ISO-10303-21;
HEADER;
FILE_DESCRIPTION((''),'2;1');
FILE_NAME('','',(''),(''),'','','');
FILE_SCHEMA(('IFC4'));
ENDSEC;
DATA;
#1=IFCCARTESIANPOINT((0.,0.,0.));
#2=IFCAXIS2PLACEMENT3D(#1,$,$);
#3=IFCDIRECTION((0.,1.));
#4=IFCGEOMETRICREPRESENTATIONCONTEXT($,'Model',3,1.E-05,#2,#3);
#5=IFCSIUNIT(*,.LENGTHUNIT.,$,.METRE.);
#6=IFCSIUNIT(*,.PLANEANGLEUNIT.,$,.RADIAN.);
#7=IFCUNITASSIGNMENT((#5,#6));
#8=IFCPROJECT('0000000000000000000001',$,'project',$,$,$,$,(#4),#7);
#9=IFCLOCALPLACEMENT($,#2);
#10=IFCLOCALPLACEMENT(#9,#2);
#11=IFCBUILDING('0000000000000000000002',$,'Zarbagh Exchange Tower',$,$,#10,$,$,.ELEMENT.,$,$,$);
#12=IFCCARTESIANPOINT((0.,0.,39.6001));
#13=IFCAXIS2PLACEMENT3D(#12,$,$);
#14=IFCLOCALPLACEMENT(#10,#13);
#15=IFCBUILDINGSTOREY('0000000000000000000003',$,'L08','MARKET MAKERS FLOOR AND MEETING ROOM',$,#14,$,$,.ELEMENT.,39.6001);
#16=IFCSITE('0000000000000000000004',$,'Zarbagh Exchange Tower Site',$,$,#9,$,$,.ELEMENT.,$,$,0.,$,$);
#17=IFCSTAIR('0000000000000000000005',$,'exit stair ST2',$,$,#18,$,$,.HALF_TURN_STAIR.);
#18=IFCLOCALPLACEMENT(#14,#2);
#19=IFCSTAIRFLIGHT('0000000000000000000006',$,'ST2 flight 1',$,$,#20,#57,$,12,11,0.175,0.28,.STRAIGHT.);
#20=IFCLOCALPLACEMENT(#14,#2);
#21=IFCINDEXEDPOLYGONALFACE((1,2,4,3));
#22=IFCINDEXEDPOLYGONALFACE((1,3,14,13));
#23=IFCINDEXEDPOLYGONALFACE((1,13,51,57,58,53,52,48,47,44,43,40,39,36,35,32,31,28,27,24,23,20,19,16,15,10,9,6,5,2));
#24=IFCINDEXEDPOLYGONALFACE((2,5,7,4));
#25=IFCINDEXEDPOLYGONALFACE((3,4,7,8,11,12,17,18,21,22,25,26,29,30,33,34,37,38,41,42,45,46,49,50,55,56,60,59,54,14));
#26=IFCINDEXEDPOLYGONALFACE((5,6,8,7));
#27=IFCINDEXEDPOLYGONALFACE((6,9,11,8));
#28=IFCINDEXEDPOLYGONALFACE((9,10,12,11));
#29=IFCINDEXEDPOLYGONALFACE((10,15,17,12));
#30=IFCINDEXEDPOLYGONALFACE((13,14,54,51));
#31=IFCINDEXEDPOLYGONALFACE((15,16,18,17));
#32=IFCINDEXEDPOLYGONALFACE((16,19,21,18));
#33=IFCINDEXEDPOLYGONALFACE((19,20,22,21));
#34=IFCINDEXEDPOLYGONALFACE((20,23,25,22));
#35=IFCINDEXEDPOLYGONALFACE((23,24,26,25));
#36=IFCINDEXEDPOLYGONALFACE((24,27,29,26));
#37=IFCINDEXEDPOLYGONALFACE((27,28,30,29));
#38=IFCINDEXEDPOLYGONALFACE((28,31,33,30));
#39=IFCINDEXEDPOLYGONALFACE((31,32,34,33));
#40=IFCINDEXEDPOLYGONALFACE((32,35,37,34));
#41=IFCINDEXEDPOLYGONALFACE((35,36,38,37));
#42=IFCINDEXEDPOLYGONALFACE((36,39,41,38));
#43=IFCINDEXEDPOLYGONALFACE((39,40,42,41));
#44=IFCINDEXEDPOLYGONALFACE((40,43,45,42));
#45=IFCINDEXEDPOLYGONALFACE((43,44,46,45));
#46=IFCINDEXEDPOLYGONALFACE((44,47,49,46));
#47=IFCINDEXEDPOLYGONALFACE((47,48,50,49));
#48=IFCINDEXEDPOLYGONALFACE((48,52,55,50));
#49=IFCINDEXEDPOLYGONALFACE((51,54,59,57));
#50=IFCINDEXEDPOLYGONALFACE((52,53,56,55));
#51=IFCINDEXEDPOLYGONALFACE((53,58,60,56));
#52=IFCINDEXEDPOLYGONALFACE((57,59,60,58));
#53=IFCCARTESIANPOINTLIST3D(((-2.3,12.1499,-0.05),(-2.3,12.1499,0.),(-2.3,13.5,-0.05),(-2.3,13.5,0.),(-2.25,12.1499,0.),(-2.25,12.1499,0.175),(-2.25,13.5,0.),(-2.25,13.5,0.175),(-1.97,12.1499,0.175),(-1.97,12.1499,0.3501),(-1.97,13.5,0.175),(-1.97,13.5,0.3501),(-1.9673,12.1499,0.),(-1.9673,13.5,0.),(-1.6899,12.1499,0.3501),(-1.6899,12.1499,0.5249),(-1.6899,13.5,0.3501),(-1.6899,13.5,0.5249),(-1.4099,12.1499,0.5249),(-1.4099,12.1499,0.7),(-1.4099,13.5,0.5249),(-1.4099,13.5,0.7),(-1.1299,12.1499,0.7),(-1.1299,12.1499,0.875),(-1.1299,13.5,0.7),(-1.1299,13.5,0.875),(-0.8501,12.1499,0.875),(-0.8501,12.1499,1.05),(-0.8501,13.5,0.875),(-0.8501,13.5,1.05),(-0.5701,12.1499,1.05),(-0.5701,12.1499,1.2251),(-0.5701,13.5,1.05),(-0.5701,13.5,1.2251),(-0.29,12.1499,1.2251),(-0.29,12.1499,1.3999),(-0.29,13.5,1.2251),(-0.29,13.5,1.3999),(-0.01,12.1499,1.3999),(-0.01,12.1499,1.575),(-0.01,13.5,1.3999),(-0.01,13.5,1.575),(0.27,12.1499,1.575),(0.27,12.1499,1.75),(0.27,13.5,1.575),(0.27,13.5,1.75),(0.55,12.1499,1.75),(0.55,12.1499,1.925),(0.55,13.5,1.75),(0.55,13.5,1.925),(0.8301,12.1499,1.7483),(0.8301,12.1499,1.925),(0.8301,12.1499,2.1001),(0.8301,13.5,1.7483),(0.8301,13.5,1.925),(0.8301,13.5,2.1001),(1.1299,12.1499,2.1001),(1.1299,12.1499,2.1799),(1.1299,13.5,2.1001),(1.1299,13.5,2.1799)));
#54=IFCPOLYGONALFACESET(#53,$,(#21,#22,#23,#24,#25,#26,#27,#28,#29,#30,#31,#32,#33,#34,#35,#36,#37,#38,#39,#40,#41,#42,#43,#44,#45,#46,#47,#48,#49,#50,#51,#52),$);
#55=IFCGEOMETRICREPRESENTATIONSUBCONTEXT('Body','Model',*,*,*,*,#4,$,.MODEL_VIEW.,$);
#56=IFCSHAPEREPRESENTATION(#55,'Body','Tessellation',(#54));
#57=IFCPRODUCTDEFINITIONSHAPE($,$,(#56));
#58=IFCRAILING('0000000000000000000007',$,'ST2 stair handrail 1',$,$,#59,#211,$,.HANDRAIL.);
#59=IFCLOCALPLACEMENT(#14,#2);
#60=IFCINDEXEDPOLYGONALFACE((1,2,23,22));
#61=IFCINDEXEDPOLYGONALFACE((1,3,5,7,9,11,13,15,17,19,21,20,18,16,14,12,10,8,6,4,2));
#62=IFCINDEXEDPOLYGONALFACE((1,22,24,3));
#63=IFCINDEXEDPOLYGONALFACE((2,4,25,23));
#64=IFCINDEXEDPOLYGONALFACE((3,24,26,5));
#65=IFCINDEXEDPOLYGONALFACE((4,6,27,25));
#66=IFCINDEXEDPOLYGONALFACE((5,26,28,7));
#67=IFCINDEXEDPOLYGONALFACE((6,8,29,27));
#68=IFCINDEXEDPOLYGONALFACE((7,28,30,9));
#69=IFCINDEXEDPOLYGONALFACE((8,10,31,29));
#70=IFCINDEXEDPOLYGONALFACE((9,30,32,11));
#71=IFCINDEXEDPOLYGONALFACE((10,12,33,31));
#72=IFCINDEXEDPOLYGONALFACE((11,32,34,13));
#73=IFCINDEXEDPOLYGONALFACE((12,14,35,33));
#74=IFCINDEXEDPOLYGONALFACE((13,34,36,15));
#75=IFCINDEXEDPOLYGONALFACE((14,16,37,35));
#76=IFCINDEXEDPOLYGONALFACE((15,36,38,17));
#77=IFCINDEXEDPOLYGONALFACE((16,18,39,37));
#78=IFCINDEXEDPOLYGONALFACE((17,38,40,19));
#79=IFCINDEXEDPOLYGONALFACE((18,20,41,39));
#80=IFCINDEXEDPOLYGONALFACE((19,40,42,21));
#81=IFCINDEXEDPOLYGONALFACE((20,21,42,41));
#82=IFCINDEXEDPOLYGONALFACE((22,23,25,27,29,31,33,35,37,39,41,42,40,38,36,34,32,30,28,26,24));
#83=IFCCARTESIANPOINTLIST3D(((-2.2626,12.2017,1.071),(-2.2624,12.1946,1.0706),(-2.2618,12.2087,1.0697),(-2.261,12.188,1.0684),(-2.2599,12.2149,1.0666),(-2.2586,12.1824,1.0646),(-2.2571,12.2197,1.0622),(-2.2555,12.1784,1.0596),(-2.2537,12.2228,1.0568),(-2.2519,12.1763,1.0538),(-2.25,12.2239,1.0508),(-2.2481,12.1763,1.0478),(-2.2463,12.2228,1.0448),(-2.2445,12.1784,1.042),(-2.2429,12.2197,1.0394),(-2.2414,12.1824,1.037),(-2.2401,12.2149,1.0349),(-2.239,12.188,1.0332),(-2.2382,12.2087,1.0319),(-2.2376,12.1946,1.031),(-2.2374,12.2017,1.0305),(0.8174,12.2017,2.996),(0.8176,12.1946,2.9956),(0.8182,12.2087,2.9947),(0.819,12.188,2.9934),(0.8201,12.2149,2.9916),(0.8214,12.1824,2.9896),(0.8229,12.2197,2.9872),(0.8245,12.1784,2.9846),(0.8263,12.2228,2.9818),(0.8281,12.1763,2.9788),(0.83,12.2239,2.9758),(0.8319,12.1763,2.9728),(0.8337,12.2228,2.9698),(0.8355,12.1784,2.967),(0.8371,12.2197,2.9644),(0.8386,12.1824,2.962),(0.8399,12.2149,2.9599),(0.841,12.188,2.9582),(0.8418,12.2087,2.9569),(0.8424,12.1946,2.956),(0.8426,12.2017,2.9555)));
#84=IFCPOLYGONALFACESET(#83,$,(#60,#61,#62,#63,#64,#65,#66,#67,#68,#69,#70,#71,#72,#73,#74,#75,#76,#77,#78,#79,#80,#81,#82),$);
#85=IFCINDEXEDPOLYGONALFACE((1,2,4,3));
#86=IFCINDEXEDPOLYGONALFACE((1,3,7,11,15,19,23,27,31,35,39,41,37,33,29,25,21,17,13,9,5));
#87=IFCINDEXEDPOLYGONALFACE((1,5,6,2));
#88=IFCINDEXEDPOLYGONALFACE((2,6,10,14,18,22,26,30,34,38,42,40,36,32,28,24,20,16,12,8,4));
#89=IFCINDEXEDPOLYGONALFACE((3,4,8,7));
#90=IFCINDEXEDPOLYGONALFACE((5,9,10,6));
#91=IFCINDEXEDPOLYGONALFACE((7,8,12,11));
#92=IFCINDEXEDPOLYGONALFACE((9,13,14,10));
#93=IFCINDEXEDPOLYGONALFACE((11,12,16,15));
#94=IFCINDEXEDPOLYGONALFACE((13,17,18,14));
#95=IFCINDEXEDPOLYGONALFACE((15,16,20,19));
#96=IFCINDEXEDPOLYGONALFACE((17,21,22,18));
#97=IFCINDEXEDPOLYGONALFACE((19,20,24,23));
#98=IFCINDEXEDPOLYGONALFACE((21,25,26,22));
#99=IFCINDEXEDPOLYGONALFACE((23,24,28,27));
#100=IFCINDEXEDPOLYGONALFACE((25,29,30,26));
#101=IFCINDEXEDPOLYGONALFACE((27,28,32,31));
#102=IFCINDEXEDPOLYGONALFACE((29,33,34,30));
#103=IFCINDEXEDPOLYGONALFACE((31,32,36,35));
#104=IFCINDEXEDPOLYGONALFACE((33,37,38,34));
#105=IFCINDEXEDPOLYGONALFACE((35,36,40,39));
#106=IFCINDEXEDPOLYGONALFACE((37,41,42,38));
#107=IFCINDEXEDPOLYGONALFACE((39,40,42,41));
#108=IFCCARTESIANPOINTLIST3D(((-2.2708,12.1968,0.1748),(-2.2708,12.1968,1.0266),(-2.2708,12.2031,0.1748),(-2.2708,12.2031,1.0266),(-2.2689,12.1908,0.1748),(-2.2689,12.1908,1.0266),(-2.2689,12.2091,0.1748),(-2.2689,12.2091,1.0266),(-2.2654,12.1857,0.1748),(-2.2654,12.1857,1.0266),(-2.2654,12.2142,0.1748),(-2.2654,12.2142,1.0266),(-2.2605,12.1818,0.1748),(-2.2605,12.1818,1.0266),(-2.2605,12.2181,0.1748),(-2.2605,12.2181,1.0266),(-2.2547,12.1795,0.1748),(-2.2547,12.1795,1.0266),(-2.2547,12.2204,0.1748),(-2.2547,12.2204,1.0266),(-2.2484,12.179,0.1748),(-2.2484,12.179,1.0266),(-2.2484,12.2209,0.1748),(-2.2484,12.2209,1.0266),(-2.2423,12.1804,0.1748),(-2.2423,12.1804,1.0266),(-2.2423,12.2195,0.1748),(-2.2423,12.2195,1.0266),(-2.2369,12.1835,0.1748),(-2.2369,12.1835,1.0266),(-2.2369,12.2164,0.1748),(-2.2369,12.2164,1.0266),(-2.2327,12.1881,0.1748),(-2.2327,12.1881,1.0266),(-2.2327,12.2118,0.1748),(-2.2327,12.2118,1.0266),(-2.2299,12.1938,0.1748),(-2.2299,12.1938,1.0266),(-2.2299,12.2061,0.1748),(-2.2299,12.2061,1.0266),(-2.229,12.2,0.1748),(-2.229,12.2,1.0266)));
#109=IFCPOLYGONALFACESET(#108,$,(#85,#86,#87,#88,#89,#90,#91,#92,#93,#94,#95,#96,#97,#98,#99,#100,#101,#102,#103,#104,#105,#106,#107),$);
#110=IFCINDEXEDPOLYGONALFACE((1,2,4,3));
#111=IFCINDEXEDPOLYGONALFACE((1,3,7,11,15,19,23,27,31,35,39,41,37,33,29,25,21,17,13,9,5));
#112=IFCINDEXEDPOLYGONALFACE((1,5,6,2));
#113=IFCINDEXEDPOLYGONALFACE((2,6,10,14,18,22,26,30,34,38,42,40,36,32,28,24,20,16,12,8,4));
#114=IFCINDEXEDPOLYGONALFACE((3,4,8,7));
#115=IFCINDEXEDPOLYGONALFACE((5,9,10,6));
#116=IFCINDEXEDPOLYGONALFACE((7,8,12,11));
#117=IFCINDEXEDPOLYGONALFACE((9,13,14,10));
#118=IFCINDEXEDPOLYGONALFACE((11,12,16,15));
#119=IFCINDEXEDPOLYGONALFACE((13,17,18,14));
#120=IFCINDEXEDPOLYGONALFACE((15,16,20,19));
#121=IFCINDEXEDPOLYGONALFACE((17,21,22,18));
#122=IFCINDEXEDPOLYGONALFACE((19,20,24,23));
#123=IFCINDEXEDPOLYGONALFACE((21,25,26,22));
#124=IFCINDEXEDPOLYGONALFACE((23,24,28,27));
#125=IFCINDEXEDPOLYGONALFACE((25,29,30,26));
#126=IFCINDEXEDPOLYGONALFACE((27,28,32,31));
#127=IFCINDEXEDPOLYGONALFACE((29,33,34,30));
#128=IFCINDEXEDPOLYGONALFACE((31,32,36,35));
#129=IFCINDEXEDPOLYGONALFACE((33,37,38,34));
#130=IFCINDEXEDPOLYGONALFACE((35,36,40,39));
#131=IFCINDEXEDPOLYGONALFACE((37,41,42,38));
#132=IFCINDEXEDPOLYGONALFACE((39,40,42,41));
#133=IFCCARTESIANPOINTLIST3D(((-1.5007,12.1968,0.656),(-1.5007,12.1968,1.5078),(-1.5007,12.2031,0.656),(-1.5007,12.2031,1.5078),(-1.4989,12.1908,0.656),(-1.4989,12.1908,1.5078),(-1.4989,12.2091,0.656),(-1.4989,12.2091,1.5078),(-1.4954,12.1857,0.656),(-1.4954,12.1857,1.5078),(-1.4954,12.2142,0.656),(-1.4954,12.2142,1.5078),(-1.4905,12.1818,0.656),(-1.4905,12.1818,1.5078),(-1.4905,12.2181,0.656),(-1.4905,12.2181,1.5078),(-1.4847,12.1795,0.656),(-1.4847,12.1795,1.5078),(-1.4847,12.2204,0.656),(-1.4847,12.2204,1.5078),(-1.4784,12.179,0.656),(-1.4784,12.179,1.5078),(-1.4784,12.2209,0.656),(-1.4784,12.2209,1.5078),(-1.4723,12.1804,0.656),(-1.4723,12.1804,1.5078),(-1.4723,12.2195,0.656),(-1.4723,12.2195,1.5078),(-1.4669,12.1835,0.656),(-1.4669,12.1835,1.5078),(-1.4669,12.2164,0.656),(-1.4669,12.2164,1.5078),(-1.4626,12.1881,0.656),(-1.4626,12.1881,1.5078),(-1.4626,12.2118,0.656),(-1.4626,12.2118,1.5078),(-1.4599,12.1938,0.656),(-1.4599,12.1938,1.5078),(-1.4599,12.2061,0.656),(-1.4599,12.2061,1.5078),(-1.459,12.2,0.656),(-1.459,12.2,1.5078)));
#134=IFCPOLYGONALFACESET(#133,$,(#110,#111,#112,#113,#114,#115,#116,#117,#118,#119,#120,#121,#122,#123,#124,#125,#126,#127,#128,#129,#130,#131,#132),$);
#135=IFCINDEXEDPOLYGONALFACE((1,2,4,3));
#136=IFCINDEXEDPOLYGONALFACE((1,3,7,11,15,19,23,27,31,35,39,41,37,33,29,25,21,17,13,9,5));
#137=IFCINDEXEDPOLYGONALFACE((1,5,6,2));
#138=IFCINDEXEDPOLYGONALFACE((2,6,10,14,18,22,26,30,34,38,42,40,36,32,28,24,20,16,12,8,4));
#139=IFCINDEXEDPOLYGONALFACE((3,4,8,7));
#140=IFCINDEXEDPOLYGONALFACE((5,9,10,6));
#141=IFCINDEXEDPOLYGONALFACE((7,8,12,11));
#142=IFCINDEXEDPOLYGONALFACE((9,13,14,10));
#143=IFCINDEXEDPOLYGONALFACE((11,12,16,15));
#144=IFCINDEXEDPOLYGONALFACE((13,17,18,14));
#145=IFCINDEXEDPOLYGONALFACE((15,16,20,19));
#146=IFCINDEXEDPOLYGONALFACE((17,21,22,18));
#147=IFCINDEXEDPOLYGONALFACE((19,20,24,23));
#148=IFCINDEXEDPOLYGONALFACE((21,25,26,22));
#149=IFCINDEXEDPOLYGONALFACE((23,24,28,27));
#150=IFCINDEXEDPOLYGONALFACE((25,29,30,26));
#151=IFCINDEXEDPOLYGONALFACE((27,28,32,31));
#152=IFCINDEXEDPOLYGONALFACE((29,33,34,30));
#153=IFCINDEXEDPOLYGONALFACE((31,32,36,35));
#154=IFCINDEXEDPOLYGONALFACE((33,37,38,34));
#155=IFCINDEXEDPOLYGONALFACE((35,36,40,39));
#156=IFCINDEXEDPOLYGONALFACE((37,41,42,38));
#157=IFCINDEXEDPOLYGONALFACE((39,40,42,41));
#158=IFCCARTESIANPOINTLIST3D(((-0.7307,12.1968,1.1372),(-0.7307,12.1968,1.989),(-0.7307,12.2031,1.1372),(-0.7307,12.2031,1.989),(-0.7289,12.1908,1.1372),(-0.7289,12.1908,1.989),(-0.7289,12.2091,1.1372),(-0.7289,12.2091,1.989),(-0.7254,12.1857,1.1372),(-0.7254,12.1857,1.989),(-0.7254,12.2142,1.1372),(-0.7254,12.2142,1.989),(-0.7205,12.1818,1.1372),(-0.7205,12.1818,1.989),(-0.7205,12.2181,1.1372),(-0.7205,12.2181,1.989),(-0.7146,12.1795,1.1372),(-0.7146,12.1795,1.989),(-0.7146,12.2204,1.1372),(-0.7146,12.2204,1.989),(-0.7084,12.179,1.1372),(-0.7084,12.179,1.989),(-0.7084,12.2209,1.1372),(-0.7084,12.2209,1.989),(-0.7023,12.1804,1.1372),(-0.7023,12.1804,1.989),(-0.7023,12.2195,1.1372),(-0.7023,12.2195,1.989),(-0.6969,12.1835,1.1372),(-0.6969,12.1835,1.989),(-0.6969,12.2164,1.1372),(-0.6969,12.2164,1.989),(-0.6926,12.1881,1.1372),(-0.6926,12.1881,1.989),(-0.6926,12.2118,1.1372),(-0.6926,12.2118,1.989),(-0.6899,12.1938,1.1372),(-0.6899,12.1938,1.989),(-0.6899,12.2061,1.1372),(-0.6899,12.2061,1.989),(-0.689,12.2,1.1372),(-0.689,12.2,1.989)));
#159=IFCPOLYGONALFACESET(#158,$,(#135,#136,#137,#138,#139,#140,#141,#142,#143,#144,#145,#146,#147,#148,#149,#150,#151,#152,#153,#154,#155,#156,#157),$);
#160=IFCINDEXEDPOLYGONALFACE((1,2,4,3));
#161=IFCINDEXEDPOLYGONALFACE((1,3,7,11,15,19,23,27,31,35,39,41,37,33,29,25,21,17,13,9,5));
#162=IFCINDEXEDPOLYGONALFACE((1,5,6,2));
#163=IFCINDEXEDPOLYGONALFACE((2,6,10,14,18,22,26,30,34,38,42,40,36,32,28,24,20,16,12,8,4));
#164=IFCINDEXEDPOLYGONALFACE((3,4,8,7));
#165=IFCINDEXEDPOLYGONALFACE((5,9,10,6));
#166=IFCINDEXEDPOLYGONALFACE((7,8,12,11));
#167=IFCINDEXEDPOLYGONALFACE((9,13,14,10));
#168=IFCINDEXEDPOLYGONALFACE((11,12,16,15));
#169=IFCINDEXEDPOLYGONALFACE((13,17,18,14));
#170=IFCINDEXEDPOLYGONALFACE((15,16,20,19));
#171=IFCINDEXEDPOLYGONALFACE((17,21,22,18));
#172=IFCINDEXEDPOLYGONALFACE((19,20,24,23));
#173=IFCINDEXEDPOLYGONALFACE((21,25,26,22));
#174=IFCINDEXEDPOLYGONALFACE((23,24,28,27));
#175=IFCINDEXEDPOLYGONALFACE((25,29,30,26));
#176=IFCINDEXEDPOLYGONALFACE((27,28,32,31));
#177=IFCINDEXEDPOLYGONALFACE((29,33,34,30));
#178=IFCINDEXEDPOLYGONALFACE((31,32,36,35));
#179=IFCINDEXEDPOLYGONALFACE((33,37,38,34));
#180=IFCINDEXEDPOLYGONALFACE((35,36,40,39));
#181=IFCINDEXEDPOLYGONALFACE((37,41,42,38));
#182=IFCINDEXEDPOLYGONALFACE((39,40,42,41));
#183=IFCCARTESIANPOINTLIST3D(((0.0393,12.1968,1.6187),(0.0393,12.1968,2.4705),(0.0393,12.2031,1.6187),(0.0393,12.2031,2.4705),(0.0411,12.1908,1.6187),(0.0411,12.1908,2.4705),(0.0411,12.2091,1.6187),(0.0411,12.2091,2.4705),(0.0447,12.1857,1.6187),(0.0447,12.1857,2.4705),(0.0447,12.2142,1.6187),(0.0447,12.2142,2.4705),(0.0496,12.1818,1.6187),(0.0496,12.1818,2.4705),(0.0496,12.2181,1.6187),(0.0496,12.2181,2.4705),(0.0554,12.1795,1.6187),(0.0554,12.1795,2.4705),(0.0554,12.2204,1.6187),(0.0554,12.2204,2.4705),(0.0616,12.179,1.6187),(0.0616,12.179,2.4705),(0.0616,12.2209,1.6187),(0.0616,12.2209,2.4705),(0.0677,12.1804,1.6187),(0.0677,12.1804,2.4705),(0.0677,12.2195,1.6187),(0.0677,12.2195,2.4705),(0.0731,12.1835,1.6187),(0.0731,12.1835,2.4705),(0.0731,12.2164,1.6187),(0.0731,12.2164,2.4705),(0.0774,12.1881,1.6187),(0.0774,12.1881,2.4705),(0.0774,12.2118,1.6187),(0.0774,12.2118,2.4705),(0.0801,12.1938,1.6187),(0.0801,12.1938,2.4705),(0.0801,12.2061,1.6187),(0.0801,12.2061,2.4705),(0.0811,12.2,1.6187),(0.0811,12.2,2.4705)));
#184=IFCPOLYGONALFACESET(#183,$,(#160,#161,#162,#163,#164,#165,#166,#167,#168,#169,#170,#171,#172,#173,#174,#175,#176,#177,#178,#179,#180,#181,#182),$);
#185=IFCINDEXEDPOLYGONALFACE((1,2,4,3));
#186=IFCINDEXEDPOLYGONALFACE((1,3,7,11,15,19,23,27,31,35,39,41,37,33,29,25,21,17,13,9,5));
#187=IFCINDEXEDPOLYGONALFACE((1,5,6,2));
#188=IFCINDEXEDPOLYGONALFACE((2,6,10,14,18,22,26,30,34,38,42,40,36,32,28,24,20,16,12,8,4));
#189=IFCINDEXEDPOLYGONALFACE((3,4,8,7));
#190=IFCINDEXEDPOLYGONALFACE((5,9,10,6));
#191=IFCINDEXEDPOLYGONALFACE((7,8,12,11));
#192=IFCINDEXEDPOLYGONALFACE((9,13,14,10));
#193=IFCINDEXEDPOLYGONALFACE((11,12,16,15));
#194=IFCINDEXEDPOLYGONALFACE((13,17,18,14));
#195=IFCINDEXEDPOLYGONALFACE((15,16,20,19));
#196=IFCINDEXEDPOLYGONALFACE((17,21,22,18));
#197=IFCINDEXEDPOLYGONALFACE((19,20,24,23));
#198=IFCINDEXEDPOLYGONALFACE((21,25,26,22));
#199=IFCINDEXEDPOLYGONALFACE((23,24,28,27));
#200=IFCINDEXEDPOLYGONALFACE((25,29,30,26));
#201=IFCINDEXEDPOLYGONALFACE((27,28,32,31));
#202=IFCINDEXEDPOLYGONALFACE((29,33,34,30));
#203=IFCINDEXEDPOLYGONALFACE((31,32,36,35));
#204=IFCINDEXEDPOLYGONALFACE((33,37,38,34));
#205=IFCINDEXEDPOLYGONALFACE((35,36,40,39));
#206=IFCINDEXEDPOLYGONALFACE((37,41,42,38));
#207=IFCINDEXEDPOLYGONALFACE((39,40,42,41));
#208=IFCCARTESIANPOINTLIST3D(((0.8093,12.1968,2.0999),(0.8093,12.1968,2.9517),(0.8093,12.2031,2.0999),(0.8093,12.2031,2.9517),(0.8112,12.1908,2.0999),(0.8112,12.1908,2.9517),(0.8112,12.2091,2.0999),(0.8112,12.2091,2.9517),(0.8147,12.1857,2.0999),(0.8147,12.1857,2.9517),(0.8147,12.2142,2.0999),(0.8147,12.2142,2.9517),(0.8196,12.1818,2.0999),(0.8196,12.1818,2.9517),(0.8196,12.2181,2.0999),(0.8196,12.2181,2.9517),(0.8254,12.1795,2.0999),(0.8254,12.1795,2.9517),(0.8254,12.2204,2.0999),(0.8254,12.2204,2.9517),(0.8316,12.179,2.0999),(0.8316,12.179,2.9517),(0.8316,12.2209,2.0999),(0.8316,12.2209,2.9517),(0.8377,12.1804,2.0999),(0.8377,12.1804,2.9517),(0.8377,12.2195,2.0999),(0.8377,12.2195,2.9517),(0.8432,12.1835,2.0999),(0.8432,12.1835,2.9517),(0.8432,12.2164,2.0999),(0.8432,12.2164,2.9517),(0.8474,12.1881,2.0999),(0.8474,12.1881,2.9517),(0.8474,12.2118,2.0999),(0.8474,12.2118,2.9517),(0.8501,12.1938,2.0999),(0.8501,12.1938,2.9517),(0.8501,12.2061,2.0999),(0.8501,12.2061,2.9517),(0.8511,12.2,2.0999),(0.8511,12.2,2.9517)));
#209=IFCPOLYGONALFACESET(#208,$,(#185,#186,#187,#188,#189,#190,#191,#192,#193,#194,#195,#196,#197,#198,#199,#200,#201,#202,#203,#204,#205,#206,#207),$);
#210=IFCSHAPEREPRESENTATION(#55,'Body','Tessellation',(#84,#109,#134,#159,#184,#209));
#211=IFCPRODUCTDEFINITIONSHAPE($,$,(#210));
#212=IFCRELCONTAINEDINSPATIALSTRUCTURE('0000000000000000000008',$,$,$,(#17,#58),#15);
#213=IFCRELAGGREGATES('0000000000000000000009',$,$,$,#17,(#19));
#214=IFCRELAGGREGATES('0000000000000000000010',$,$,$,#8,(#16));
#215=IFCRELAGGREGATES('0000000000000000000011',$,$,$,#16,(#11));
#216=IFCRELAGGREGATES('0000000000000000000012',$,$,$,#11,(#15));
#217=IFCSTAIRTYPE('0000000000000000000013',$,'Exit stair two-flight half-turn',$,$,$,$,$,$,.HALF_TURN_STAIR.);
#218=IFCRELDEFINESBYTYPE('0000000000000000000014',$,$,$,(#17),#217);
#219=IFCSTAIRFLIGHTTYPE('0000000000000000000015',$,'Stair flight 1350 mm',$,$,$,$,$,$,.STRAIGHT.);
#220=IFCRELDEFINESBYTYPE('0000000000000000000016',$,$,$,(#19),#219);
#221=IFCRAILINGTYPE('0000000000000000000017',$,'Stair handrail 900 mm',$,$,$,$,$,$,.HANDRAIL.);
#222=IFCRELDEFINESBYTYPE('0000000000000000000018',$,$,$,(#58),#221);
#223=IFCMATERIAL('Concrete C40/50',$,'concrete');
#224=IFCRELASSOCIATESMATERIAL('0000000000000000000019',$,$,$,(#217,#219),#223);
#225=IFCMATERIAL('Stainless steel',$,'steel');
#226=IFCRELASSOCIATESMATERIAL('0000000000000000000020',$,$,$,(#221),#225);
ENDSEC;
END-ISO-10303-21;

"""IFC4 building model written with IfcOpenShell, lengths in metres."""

from ifc_helpers import new_model, si_unit, direction, frame, origin, origin_2d, place, context, subcontext, project, spatial, polyline, circle, outline, extrude, material, type_object, element, aggregate, save


model = new_model("IFC4")

# Units and contexts
model_context = context("Model", 3, precision=1e-05, world=origin(), true_north=direction((0.0, 1.0)))
body_context = subcontext(model_context, "Body", "Model", "MODEL_VIEW")
ifc_project = project(units=[si_unit("LENGTHUNIT", "METRE"), si_unit("PLANEANGLEUNIT", "RADIAN")], contexts=[model_context])

# Site, building, storey
site_placement = place(None, origin())
site = spatial("IfcSite", under=ifc_project, at=site_placement, Name="Zarbagh Exchange Tower Site", CompositionType="ELEMENT", RefElevation=0.0)
building_placement = place(site_placement, origin())
building = spatial("IfcBuilding", under=site, at=building_placement, Name="Zarbagh Exchange Tower", CompositionType="ELEMENT")
storey_placement = place(building_placement, frame((0.0, 0.0, 39.6001)))
storey = spatial("IfcBuildingStorey", under=building, at=storey_placement, Name="L08", Description="MARKET MAKERS FLOOR AND MEETING ROOM", CompositionType="ELEMENT", Elevation=39.6001)

# Shared definitions
ifc_material_1 = material(Name="Concrete C40/50", Category="concrete")

# Stair, stair flight
stair_type = type_object("IfcStairType", Name="Exit stair two-flight half-turn", PredefinedType="HALF_TURN_STAIR", material=ifc_material_1)
stair_placement = place(storey_placement, origin())
stair = element("IfcStair", 1, at=stair_placement, inside=storey, type_object=stair_type, Name="exit stair ST2", PredefinedType="HALF_TURN_STAIR")
stair_flight_type = type_object("IfcStairFlightType", Name="Stair flight 1350 mm", PredefinedType="STRAIGHT", material=ifc_material_1)
stair_flight_placement = place(storey_placement, frame((-2.25, 12.825, 0.0), z_axis=(0.0, 0.0, 1.0), x_axis=(1.0, 0.0, 0.0)))
stair_flight = element("IfcStairFlight", 2, at=stair_flight_placement, type_object=stair_flight_type, Name="ST2 flight 1", NumberOfRisers=12, NumberOfTreads=11, PredefinedType="STRAIGHT", RiserHeight=0.175, TreadLength=0.28, context=body_context, shape_type="SweptSolid", body=[
    extrude(outline(polyline([(-0.05, -0.05), (-0.05, 0.0), (0.0, 0.0), (0.0, 0.175), (0.28, 0.175), (0.28, 0.3501), (0.5601, 0.3501), (0.5601, 0.5249), (0.8401, 0.5249), (0.8401, 0.7), (1.1201, 0.7), (1.1201, 0.875), (1.3999, 0.875), (1.3999, 1.05), (1.6799, 1.05), (1.6799, 1.2251), (1.96, 1.2251), (1.96, 1.3999), (2.24, 1.3999), (2.24, 1.575), (2.52, 1.575), (2.52, 1.75), (2.8, 1.75), (2.8, 1.925), (3.0801, 1.925), (3.0801, 2.1001), (3.3799, 2.1799), (3.3799, 2.1001), (3.0801, 1.7483), (0.2827, 0.0), (-0.05, -0.05)])), frame((0.0, 0.675, 0.0), z_axis=(0.0, -1.0, 0.0), x_axis=(1.0, 0.0, 0.0)), (0.0, 0.0, 1.0), 1.3501),
])
aggregate(stair, [stair_flight])

# Railing
ifc_material_2 = material(Name="Stainless steel", Category="steel")
railing_type = type_object("IfcRailingType", Name="Stair handrail 900 mm", PredefinedType="HANDRAIL", material=ifc_material_2)
railing_placement = place(storey_placement, frame((-2.25, 12.2, 0.1748)))
element("IfcRailing", 3, at=railing_placement, inside=storey, type_object=railing_type, Name="ST2 stair handrail 1", PredefinedType="HANDRAIL", context=body_context, shape_type="SweptSolid", body=[
    extrude(circle(Radius=0.0239, at=origin_2d()), frame((0.0, 0.0, 0.876), z_axis=(0.847998, 0.0, 0.529999), x_axis=(0.0, 1.0, 0.0)), (0.0, 0.0, 1.0), 3.6321),
    extrude(circle(Radius=0.021, at=origin_2d()), origin(), (0.0, 0.0, 1.0), 0.8518),
    extrude(circle(Radius=0.021, at=origin_2d()), frame((0.77, 0.0, 0.4812)), (0.0, 0.0, 1.0), 0.8518),
    extrude(circle(Radius=0.021, at=origin_2d()), frame((1.54, 0.0, 0.9624)), (0.0, 0.0, 1.0), 0.8518),
    extrude(circle(Radius=0.021, at=origin_2d()), frame((2.3101, 0.0, 1.4438)), (0.0, 0.0, 1.0), 0.8518),
    extrude(circle(Radius=0.021, at=origin_2d()), frame((3.0801, 0.0, 1.925)), (0.0, 0.0, 1.0), 0.8518),
])

save(model, "model.ifc")
